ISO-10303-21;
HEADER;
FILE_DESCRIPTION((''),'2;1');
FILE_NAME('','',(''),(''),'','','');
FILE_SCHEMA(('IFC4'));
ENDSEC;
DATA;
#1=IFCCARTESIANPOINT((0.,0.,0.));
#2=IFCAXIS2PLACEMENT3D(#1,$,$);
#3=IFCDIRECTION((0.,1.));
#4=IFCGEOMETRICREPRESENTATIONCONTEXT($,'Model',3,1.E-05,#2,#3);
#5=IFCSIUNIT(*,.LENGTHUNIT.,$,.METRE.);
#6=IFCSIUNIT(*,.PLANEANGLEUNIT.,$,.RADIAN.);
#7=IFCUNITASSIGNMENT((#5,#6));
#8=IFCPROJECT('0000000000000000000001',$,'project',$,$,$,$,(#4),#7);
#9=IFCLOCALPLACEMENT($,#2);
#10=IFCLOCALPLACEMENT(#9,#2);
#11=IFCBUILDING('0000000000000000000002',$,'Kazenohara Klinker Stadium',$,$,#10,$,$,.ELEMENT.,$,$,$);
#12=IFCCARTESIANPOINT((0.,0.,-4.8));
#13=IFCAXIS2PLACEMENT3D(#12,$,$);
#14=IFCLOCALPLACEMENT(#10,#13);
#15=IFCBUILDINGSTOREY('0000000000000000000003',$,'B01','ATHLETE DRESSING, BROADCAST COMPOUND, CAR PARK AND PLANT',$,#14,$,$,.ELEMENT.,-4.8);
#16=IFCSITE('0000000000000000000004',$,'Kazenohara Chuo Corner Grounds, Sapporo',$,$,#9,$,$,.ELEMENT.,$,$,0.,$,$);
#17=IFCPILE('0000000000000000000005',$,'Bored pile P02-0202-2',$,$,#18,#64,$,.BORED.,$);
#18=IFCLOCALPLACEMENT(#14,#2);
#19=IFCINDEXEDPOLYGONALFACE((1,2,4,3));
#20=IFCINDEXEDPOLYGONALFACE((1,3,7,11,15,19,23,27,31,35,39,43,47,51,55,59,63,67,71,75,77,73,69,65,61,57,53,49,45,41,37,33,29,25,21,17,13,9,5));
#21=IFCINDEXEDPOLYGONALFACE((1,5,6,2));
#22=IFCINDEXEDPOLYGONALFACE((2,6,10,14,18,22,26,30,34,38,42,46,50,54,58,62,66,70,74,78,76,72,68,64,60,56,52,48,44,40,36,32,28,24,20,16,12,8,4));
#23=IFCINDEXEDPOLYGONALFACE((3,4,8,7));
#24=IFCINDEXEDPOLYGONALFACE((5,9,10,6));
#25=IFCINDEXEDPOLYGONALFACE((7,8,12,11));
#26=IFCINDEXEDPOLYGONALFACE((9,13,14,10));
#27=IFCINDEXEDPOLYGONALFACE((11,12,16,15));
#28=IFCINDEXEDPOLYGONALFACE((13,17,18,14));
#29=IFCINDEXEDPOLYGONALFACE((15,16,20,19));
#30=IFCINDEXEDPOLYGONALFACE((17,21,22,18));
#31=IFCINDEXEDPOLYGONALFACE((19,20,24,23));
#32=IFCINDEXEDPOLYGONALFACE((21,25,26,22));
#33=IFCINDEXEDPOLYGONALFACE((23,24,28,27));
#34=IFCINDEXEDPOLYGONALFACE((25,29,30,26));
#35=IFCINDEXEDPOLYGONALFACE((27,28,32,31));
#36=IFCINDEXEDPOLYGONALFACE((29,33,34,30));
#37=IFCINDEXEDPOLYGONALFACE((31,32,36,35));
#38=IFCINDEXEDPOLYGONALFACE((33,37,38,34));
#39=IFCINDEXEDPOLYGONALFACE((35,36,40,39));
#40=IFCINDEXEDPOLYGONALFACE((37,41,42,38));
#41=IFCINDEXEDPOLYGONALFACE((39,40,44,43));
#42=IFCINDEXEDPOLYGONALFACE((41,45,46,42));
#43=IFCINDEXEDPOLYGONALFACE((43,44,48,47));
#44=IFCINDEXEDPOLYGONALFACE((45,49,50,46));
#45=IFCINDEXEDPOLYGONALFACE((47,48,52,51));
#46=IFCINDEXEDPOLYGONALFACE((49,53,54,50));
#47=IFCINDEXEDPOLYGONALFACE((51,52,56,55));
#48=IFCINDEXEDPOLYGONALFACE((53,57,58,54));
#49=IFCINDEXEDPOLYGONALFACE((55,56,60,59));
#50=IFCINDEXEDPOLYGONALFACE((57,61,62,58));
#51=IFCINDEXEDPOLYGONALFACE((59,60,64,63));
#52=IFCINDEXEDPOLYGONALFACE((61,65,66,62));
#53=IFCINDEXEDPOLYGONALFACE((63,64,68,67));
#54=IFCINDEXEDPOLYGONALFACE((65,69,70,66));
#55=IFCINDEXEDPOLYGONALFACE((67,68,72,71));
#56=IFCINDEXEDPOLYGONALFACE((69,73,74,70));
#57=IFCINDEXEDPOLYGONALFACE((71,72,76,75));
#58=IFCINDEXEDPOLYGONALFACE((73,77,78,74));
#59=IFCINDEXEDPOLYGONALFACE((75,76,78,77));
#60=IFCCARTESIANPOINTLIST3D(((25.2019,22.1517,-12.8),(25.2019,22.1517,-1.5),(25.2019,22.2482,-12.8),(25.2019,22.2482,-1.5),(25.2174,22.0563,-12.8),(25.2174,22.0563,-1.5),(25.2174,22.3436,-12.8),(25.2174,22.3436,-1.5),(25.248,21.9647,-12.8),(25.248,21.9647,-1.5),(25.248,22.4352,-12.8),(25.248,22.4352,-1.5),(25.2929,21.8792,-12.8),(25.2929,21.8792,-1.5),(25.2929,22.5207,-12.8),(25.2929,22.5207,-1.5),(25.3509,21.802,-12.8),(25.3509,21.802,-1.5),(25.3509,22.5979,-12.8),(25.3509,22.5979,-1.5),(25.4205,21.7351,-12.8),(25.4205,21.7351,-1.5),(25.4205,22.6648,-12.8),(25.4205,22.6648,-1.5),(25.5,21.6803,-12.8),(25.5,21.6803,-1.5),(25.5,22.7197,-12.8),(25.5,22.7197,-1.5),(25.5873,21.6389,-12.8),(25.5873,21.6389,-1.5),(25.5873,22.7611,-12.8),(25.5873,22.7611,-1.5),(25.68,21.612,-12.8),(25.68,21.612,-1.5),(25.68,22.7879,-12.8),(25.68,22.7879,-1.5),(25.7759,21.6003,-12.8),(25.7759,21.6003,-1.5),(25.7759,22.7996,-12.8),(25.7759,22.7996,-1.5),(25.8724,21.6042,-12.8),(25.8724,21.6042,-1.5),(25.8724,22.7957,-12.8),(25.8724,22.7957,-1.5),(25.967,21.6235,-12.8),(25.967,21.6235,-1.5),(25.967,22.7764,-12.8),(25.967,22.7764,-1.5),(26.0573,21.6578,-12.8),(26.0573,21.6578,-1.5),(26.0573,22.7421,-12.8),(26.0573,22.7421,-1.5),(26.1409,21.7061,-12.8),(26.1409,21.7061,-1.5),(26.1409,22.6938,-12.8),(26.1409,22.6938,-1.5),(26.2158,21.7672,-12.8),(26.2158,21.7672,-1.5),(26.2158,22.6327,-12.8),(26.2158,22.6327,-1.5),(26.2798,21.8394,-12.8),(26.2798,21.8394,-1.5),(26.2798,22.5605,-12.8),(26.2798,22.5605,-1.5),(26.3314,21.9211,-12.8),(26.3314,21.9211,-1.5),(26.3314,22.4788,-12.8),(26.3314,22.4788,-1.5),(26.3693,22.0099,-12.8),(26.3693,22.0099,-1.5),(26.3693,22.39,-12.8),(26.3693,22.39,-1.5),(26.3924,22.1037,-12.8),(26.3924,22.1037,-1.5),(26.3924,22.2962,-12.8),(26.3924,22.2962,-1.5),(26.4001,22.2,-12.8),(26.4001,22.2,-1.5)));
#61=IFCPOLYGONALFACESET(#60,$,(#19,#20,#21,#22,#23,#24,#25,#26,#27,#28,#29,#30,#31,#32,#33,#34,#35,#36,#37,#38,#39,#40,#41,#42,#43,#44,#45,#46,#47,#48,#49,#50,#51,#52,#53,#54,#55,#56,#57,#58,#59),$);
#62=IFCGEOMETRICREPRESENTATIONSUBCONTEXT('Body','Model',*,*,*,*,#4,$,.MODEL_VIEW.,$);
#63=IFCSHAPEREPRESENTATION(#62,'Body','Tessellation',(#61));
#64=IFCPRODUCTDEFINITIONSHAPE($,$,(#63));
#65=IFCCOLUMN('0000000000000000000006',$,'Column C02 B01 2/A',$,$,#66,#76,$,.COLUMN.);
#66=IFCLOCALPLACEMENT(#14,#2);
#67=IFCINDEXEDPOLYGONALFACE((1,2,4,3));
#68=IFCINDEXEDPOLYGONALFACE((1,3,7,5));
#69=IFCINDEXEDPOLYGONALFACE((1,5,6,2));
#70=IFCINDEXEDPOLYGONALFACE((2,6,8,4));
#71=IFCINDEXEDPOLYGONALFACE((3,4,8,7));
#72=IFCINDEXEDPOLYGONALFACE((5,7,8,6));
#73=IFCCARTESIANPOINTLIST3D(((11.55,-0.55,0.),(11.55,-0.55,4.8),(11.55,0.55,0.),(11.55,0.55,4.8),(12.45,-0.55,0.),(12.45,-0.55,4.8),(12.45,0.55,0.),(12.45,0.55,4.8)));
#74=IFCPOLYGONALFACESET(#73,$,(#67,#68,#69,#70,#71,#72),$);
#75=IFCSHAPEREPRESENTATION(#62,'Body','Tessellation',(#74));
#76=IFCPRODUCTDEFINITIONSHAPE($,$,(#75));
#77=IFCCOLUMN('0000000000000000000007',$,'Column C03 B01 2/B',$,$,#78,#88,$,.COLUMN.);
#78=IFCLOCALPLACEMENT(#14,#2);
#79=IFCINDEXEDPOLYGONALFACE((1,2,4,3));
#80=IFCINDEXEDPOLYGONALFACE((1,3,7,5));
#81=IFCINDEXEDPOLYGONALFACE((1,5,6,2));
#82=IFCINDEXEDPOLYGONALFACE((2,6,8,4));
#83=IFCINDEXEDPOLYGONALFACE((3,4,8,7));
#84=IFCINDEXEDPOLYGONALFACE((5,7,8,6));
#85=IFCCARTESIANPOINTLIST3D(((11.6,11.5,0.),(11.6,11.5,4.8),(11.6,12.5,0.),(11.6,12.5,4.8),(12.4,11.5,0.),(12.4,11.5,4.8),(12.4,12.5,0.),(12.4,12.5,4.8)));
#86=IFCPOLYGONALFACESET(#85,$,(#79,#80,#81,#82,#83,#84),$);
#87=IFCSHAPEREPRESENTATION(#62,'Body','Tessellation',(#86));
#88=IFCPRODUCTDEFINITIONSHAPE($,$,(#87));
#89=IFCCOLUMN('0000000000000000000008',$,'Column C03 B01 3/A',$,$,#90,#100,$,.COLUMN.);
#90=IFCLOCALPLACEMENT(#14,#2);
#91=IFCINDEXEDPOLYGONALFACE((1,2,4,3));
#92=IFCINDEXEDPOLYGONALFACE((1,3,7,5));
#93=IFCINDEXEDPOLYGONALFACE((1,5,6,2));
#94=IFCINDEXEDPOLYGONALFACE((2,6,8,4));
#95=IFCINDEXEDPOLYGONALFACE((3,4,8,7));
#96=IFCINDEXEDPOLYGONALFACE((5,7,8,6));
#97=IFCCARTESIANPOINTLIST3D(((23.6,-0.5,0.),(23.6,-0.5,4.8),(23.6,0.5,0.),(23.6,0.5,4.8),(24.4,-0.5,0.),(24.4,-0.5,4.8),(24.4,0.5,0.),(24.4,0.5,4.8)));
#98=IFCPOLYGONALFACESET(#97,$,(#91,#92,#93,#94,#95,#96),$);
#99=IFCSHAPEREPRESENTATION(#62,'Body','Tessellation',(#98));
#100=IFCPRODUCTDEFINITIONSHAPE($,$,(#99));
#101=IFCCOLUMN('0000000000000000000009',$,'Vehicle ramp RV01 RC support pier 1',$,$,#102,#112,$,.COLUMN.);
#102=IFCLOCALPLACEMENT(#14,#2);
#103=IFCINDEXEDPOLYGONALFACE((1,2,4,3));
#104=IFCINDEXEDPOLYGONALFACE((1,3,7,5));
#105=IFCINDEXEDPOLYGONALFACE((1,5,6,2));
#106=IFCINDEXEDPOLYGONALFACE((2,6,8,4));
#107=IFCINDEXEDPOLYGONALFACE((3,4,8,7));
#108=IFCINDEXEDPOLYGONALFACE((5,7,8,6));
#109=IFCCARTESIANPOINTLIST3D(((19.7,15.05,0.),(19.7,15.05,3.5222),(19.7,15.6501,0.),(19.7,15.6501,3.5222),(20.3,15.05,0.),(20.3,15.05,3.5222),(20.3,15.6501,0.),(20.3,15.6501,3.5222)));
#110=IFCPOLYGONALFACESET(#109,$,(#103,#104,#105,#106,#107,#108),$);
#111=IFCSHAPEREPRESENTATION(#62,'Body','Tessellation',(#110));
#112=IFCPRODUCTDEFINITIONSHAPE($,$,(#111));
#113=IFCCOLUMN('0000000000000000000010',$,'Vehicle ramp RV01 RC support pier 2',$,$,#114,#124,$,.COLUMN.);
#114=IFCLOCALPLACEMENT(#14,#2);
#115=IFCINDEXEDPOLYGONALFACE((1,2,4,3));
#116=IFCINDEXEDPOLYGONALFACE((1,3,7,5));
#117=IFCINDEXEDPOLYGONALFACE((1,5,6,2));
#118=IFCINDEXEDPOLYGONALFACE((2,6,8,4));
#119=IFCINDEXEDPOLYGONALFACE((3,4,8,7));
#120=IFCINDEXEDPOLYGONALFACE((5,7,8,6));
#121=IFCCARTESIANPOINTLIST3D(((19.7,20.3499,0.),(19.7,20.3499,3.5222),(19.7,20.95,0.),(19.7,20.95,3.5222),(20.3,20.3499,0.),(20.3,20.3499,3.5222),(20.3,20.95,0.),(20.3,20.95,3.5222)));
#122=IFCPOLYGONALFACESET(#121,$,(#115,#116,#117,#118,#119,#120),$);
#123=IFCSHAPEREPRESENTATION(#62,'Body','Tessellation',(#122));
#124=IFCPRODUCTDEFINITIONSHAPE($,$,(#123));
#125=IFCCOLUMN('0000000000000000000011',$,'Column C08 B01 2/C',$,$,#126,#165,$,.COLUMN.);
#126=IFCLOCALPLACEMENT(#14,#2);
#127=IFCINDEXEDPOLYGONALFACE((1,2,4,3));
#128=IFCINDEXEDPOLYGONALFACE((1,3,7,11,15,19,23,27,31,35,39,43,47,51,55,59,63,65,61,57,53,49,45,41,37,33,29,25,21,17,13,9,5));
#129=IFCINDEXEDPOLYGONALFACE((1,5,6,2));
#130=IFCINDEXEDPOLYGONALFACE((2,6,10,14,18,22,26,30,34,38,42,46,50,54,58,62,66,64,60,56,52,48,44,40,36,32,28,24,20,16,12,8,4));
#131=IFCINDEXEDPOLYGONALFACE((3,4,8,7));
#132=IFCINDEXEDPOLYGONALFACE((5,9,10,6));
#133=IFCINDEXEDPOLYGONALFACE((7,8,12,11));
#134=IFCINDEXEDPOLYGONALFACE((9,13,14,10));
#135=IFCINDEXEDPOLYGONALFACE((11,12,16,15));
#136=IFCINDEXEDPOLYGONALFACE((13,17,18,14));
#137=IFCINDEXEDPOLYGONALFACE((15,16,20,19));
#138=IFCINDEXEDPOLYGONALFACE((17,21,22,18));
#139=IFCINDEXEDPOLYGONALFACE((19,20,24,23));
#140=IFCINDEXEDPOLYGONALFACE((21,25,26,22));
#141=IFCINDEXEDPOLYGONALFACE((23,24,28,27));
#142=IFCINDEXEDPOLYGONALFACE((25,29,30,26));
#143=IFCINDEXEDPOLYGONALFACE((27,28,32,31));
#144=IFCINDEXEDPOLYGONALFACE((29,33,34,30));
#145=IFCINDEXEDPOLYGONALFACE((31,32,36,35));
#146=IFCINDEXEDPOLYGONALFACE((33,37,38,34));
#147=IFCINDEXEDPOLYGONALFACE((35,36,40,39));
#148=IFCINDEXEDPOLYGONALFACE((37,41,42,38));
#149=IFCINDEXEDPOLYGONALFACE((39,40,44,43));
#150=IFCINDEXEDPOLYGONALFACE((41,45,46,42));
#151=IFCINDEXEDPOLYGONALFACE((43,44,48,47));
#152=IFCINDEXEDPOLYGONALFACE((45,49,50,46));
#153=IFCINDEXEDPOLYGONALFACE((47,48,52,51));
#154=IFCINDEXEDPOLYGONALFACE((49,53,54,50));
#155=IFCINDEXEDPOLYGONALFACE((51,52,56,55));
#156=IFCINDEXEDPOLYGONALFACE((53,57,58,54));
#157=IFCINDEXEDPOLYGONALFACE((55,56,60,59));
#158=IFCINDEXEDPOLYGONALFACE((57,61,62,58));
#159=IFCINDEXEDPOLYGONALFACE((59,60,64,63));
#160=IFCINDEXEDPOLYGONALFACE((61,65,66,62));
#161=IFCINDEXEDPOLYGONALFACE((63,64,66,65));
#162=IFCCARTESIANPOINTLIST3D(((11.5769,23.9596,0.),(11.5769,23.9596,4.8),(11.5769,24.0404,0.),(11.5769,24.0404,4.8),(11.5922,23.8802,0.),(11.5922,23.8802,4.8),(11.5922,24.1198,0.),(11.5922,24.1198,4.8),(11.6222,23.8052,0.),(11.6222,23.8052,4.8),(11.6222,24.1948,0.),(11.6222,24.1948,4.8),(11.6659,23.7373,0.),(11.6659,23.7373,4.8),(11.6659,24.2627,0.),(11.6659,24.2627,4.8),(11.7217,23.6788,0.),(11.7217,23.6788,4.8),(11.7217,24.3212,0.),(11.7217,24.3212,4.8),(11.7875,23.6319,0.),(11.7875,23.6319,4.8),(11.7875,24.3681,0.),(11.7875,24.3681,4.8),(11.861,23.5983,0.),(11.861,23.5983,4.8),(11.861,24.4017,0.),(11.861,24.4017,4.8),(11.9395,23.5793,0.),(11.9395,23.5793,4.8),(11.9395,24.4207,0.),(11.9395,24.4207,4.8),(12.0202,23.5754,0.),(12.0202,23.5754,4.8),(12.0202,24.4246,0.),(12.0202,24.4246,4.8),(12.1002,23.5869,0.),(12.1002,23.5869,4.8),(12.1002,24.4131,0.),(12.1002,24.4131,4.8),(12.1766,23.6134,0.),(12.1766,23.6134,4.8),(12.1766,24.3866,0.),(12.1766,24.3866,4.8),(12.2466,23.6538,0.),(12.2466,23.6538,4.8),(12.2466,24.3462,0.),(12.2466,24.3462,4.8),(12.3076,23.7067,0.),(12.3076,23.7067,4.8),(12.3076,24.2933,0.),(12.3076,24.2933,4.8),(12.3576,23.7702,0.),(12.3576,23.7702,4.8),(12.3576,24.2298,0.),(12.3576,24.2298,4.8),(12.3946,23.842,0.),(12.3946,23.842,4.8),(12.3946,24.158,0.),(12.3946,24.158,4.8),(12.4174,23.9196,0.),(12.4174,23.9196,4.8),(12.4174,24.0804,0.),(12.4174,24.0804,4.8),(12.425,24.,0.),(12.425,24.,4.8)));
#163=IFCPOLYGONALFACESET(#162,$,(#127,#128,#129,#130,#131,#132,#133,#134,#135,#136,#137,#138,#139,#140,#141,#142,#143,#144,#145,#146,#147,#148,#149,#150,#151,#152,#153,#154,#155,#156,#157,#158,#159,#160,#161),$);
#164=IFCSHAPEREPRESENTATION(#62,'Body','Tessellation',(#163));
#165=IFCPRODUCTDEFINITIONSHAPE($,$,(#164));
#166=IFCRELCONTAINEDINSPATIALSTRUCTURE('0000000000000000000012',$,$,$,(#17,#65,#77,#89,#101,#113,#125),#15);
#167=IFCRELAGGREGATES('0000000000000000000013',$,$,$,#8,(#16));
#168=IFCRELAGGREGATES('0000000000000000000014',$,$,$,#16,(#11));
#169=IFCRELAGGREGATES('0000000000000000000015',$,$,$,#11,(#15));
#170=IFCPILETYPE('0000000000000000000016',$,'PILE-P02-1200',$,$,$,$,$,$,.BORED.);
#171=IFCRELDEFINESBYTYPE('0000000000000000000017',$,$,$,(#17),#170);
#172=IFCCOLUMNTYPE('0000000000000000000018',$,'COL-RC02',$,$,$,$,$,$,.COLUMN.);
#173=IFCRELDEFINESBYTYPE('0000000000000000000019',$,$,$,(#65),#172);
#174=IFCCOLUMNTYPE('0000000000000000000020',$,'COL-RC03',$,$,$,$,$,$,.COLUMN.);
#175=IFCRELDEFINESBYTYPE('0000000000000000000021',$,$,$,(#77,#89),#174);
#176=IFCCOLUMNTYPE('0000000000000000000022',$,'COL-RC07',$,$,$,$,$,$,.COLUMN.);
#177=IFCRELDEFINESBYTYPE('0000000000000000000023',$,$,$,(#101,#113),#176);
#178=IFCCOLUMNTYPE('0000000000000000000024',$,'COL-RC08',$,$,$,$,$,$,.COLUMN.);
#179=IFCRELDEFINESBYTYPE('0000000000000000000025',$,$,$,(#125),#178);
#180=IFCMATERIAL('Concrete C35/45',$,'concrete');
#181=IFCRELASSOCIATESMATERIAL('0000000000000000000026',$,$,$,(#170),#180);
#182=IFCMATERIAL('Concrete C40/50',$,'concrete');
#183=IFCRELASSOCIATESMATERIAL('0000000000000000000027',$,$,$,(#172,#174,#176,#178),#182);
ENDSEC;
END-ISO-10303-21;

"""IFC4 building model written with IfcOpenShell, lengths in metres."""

from ifc_helpers import new_model, si_unit, direction, frame, origin, origin_2d, place, context, subcontext, project, spatial, rectangle, circle, extrude, material, material_profile, profile_set, type_object, element, save


model = new_model("IFC4")

# Units and contexts
model_context = context("Model", 3, precision=1e-05, world=origin(), true_north=direction((0.0, 1.0)))
body_context = subcontext(model_context, "Body", "Model", "MODEL_VIEW")
ifc_project = project(units=[si_unit("LENGTHUNIT", "METRE"), si_unit("PLANEANGLEUNIT", "RADIAN")], contexts=[model_context])

# Site, building, storey
site_placement = place(None, origin())
site = spatial("IfcSite", under=ifc_project, at=site_placement, Name="Kazenohara Chuo Corner Grounds, Sapporo", CompositionType="ELEMENT", RefElevation=0.0)
building_placement = place(site_placement, origin())
building = spatial("IfcBuilding", under=site, at=building_placement, Name="Kazenohara Klinker Stadium", CompositionType="ELEMENT")
storey_placement = place(building_placement, frame((0.0, 0.0, -4.8)))
storey = spatial("IfcBuildingStorey", under=building, at=storey_placement, Name="B01", Description="ATHLETE DRESSING, BROADCAST COMPOUND, CAR PARK AND PLANT", CompositionType="ELEMENT", Elevation=-4.8)

# Shared definitions
ifc_material_1 = material(Name="Concrete C35/45", Category="concrete")

# Pile
ifc_material_profile_1 = material_profile(ifc_material_1, circle(Radius=0.6001, at=origin_2d()), Name="BORED-PILE-1200")
ifc_profile_set_1 = profile_set([ifc_material_profile_1], Name="Concrete C35/45")
pile_type_1 = type_object("IfcPileType", Name="PILE-P02-1200", PredefinedType="BORED", material=ifc_profile_set_1)
for number, where, z_axis, x_axis, name in (
    (1, (25.8, 22.2, -1.5), (0.0, 0.0, -1.0), (1.0, 0.0, 0.0), "Bored pile P02-0202-2"),
):
    element("IfcPile", number, at=place(storey_placement, frame(where, z_axis=z_axis, x_axis=x_axis)), inside=storey, type_object=pile_type_1, Name=name, PredefinedType="BORED", context=body_context, shape_type="SweptSolid", body=[
        extrude(circle(Radius=0.6001, at=origin_2d()), origin(), (0.0, 0.0, 1.0), 11.3),
    ])

# Columns
ifc_material_2 = material(Name="Concrete C40/50", Category="concrete")
ifc_material_profile_2 = material_profile(ifc_material_2, rectangle(XDim=0.8999, YDim=1.1001, at=origin_2d()), Name="RC-COL-1100x900")
ifc_profile_set_2 = profile_set([ifc_material_profile_2], Name="Concrete C40/50")
column_type_1 = type_object("IfcColumnType", Name="COL-RC02", PredefinedType="COLUMN", material=ifc_profile_set_2)
column_placement = place(storey_placement, frame((12.0, 0.0, 0.0), z_axis=(0.0, 0.0, 1.0), x_axis=(1.0, 0.0, 0.0)))
element("IfcColumn", 2, at=column_placement, inside=storey, type_object=column_type_1, Name="Column C02 B01 2/A", PredefinedType="COLUMN", context=body_context, shape_type="SweptSolid", body=[
    extrude(rectangle(XDim=0.8999, YDim=1.1001, at=origin_2d()), origin(), (0.0, 0.0, 1.0), 4.8),
])
ifc_material_profile_3 = material_profile(ifc_material_2, rectangle(XDim=0.8, YDim=1.0, at=origin_2d()), Name="RC-COL-1000x800")
ifc_profile_set_3 = profile_set([ifc_material_profile_3], Name="Concrete C40/50")
column_type_2 = type_object("IfcColumnType", Name="COL-RC03", PredefinedType="COLUMN", material=ifc_profile_set_3)
for number, where, z_axis, x_axis, name in (
    (3, (12.0, 12.0, 0.0), (0.0, 0.0, 1.0), (1.0, 0.0, 0.0), "Column C03 B01 2/B"),
    (4, (24.0, 0.0, 0.0), (0.0, 0.0, 1.0), (1.0, 0.0, 0.0), "Column C03 B01 3/A"),
):
    element("IfcColumn", number, at=place(storey_placement, frame(where, z_axis=z_axis, x_axis=x_axis)), inside=storey, type_object=column_type_2, Name=name, PredefinedType="COLUMN", context=body_context, shape_type="SweptSolid", body=[
        extrude(rectangle(XDim=0.8, YDim=1.0, at=origin_2d()), origin(), (0.0, 0.0, 1.0), 4.8),
    ])
ifc_material_profile_4 = material_profile(ifc_material_2, rectangle(XDim=0.6001, YDim=0.6001, at=origin_2d()), Name="RC-COL-600x600")
ifc_profile_set_4 = profile_set([ifc_material_profile_4], Name="Concrete C40/50")
column_type_3 = type_object("IfcColumnType", Name="COL-RC07", PredefinedType="COLUMN", material=ifc_profile_set_4)
for number, where, z_axis, x_axis, name in (
    (5, (20.0, 15.3501, 0.0), (0.0, 0.0, 1.0), (1.0, 0.0, 0.0), "Vehicle ramp RV01 RC support pier 1"),
    (6, (20.0, 20.6499, 0.0), (0.0, 0.0, 1.0), (1.0, 0.0, 0.0), "Vehicle ramp RV01 RC support pier 2"),
):
    element("IfcColumn", number, at=place(storey_placement, frame(where, z_axis=z_axis, x_axis=x_axis)), inside=storey, type_object=column_type_3, Name=name, PredefinedType="COLUMN", context=body_context, shape_type="SweptSolid", body=[
        extrude(rectangle(XDim=0.6001, YDim=0.6001, at=origin_2d()), origin(), (0.0, 0.0, 1.0), 3.5222),
    ])
ifc_material_profile_5 = material_profile(ifc_material_2, circle(Radius=0.425, at=origin_2d()), Name="RC-COL-D850")
ifc_profile_set_5 = profile_set([ifc_material_profile_5], Name="Concrete C40/50")
column_type_4 = type_object("IfcColumnType", Name="COL-RC08", PredefinedType="COLUMN", material=ifc_profile_set_5)
for number, where, z_axis, x_axis, name in (
    (7, (12.0, 24.0, 0.0), (0.0, 0.0, 1.0), (1.0, 0.0, 0.0), "Column C08 B01 2/C"),
):
    element("IfcColumn", number, at=place(storey_placement, frame(where, z_axis=z_axis, x_axis=x_axis)), inside=storey, type_object=column_type_4, Name=name, PredefinedType="COLUMN", context=body_context, shape_type="SweptSolid", body=[
        extrude(circle(Radius=0.425, at=origin_2d()), origin(), (0.0, 0.0, 1.0), 4.8),
    ])

save(model, "model.ifc")
